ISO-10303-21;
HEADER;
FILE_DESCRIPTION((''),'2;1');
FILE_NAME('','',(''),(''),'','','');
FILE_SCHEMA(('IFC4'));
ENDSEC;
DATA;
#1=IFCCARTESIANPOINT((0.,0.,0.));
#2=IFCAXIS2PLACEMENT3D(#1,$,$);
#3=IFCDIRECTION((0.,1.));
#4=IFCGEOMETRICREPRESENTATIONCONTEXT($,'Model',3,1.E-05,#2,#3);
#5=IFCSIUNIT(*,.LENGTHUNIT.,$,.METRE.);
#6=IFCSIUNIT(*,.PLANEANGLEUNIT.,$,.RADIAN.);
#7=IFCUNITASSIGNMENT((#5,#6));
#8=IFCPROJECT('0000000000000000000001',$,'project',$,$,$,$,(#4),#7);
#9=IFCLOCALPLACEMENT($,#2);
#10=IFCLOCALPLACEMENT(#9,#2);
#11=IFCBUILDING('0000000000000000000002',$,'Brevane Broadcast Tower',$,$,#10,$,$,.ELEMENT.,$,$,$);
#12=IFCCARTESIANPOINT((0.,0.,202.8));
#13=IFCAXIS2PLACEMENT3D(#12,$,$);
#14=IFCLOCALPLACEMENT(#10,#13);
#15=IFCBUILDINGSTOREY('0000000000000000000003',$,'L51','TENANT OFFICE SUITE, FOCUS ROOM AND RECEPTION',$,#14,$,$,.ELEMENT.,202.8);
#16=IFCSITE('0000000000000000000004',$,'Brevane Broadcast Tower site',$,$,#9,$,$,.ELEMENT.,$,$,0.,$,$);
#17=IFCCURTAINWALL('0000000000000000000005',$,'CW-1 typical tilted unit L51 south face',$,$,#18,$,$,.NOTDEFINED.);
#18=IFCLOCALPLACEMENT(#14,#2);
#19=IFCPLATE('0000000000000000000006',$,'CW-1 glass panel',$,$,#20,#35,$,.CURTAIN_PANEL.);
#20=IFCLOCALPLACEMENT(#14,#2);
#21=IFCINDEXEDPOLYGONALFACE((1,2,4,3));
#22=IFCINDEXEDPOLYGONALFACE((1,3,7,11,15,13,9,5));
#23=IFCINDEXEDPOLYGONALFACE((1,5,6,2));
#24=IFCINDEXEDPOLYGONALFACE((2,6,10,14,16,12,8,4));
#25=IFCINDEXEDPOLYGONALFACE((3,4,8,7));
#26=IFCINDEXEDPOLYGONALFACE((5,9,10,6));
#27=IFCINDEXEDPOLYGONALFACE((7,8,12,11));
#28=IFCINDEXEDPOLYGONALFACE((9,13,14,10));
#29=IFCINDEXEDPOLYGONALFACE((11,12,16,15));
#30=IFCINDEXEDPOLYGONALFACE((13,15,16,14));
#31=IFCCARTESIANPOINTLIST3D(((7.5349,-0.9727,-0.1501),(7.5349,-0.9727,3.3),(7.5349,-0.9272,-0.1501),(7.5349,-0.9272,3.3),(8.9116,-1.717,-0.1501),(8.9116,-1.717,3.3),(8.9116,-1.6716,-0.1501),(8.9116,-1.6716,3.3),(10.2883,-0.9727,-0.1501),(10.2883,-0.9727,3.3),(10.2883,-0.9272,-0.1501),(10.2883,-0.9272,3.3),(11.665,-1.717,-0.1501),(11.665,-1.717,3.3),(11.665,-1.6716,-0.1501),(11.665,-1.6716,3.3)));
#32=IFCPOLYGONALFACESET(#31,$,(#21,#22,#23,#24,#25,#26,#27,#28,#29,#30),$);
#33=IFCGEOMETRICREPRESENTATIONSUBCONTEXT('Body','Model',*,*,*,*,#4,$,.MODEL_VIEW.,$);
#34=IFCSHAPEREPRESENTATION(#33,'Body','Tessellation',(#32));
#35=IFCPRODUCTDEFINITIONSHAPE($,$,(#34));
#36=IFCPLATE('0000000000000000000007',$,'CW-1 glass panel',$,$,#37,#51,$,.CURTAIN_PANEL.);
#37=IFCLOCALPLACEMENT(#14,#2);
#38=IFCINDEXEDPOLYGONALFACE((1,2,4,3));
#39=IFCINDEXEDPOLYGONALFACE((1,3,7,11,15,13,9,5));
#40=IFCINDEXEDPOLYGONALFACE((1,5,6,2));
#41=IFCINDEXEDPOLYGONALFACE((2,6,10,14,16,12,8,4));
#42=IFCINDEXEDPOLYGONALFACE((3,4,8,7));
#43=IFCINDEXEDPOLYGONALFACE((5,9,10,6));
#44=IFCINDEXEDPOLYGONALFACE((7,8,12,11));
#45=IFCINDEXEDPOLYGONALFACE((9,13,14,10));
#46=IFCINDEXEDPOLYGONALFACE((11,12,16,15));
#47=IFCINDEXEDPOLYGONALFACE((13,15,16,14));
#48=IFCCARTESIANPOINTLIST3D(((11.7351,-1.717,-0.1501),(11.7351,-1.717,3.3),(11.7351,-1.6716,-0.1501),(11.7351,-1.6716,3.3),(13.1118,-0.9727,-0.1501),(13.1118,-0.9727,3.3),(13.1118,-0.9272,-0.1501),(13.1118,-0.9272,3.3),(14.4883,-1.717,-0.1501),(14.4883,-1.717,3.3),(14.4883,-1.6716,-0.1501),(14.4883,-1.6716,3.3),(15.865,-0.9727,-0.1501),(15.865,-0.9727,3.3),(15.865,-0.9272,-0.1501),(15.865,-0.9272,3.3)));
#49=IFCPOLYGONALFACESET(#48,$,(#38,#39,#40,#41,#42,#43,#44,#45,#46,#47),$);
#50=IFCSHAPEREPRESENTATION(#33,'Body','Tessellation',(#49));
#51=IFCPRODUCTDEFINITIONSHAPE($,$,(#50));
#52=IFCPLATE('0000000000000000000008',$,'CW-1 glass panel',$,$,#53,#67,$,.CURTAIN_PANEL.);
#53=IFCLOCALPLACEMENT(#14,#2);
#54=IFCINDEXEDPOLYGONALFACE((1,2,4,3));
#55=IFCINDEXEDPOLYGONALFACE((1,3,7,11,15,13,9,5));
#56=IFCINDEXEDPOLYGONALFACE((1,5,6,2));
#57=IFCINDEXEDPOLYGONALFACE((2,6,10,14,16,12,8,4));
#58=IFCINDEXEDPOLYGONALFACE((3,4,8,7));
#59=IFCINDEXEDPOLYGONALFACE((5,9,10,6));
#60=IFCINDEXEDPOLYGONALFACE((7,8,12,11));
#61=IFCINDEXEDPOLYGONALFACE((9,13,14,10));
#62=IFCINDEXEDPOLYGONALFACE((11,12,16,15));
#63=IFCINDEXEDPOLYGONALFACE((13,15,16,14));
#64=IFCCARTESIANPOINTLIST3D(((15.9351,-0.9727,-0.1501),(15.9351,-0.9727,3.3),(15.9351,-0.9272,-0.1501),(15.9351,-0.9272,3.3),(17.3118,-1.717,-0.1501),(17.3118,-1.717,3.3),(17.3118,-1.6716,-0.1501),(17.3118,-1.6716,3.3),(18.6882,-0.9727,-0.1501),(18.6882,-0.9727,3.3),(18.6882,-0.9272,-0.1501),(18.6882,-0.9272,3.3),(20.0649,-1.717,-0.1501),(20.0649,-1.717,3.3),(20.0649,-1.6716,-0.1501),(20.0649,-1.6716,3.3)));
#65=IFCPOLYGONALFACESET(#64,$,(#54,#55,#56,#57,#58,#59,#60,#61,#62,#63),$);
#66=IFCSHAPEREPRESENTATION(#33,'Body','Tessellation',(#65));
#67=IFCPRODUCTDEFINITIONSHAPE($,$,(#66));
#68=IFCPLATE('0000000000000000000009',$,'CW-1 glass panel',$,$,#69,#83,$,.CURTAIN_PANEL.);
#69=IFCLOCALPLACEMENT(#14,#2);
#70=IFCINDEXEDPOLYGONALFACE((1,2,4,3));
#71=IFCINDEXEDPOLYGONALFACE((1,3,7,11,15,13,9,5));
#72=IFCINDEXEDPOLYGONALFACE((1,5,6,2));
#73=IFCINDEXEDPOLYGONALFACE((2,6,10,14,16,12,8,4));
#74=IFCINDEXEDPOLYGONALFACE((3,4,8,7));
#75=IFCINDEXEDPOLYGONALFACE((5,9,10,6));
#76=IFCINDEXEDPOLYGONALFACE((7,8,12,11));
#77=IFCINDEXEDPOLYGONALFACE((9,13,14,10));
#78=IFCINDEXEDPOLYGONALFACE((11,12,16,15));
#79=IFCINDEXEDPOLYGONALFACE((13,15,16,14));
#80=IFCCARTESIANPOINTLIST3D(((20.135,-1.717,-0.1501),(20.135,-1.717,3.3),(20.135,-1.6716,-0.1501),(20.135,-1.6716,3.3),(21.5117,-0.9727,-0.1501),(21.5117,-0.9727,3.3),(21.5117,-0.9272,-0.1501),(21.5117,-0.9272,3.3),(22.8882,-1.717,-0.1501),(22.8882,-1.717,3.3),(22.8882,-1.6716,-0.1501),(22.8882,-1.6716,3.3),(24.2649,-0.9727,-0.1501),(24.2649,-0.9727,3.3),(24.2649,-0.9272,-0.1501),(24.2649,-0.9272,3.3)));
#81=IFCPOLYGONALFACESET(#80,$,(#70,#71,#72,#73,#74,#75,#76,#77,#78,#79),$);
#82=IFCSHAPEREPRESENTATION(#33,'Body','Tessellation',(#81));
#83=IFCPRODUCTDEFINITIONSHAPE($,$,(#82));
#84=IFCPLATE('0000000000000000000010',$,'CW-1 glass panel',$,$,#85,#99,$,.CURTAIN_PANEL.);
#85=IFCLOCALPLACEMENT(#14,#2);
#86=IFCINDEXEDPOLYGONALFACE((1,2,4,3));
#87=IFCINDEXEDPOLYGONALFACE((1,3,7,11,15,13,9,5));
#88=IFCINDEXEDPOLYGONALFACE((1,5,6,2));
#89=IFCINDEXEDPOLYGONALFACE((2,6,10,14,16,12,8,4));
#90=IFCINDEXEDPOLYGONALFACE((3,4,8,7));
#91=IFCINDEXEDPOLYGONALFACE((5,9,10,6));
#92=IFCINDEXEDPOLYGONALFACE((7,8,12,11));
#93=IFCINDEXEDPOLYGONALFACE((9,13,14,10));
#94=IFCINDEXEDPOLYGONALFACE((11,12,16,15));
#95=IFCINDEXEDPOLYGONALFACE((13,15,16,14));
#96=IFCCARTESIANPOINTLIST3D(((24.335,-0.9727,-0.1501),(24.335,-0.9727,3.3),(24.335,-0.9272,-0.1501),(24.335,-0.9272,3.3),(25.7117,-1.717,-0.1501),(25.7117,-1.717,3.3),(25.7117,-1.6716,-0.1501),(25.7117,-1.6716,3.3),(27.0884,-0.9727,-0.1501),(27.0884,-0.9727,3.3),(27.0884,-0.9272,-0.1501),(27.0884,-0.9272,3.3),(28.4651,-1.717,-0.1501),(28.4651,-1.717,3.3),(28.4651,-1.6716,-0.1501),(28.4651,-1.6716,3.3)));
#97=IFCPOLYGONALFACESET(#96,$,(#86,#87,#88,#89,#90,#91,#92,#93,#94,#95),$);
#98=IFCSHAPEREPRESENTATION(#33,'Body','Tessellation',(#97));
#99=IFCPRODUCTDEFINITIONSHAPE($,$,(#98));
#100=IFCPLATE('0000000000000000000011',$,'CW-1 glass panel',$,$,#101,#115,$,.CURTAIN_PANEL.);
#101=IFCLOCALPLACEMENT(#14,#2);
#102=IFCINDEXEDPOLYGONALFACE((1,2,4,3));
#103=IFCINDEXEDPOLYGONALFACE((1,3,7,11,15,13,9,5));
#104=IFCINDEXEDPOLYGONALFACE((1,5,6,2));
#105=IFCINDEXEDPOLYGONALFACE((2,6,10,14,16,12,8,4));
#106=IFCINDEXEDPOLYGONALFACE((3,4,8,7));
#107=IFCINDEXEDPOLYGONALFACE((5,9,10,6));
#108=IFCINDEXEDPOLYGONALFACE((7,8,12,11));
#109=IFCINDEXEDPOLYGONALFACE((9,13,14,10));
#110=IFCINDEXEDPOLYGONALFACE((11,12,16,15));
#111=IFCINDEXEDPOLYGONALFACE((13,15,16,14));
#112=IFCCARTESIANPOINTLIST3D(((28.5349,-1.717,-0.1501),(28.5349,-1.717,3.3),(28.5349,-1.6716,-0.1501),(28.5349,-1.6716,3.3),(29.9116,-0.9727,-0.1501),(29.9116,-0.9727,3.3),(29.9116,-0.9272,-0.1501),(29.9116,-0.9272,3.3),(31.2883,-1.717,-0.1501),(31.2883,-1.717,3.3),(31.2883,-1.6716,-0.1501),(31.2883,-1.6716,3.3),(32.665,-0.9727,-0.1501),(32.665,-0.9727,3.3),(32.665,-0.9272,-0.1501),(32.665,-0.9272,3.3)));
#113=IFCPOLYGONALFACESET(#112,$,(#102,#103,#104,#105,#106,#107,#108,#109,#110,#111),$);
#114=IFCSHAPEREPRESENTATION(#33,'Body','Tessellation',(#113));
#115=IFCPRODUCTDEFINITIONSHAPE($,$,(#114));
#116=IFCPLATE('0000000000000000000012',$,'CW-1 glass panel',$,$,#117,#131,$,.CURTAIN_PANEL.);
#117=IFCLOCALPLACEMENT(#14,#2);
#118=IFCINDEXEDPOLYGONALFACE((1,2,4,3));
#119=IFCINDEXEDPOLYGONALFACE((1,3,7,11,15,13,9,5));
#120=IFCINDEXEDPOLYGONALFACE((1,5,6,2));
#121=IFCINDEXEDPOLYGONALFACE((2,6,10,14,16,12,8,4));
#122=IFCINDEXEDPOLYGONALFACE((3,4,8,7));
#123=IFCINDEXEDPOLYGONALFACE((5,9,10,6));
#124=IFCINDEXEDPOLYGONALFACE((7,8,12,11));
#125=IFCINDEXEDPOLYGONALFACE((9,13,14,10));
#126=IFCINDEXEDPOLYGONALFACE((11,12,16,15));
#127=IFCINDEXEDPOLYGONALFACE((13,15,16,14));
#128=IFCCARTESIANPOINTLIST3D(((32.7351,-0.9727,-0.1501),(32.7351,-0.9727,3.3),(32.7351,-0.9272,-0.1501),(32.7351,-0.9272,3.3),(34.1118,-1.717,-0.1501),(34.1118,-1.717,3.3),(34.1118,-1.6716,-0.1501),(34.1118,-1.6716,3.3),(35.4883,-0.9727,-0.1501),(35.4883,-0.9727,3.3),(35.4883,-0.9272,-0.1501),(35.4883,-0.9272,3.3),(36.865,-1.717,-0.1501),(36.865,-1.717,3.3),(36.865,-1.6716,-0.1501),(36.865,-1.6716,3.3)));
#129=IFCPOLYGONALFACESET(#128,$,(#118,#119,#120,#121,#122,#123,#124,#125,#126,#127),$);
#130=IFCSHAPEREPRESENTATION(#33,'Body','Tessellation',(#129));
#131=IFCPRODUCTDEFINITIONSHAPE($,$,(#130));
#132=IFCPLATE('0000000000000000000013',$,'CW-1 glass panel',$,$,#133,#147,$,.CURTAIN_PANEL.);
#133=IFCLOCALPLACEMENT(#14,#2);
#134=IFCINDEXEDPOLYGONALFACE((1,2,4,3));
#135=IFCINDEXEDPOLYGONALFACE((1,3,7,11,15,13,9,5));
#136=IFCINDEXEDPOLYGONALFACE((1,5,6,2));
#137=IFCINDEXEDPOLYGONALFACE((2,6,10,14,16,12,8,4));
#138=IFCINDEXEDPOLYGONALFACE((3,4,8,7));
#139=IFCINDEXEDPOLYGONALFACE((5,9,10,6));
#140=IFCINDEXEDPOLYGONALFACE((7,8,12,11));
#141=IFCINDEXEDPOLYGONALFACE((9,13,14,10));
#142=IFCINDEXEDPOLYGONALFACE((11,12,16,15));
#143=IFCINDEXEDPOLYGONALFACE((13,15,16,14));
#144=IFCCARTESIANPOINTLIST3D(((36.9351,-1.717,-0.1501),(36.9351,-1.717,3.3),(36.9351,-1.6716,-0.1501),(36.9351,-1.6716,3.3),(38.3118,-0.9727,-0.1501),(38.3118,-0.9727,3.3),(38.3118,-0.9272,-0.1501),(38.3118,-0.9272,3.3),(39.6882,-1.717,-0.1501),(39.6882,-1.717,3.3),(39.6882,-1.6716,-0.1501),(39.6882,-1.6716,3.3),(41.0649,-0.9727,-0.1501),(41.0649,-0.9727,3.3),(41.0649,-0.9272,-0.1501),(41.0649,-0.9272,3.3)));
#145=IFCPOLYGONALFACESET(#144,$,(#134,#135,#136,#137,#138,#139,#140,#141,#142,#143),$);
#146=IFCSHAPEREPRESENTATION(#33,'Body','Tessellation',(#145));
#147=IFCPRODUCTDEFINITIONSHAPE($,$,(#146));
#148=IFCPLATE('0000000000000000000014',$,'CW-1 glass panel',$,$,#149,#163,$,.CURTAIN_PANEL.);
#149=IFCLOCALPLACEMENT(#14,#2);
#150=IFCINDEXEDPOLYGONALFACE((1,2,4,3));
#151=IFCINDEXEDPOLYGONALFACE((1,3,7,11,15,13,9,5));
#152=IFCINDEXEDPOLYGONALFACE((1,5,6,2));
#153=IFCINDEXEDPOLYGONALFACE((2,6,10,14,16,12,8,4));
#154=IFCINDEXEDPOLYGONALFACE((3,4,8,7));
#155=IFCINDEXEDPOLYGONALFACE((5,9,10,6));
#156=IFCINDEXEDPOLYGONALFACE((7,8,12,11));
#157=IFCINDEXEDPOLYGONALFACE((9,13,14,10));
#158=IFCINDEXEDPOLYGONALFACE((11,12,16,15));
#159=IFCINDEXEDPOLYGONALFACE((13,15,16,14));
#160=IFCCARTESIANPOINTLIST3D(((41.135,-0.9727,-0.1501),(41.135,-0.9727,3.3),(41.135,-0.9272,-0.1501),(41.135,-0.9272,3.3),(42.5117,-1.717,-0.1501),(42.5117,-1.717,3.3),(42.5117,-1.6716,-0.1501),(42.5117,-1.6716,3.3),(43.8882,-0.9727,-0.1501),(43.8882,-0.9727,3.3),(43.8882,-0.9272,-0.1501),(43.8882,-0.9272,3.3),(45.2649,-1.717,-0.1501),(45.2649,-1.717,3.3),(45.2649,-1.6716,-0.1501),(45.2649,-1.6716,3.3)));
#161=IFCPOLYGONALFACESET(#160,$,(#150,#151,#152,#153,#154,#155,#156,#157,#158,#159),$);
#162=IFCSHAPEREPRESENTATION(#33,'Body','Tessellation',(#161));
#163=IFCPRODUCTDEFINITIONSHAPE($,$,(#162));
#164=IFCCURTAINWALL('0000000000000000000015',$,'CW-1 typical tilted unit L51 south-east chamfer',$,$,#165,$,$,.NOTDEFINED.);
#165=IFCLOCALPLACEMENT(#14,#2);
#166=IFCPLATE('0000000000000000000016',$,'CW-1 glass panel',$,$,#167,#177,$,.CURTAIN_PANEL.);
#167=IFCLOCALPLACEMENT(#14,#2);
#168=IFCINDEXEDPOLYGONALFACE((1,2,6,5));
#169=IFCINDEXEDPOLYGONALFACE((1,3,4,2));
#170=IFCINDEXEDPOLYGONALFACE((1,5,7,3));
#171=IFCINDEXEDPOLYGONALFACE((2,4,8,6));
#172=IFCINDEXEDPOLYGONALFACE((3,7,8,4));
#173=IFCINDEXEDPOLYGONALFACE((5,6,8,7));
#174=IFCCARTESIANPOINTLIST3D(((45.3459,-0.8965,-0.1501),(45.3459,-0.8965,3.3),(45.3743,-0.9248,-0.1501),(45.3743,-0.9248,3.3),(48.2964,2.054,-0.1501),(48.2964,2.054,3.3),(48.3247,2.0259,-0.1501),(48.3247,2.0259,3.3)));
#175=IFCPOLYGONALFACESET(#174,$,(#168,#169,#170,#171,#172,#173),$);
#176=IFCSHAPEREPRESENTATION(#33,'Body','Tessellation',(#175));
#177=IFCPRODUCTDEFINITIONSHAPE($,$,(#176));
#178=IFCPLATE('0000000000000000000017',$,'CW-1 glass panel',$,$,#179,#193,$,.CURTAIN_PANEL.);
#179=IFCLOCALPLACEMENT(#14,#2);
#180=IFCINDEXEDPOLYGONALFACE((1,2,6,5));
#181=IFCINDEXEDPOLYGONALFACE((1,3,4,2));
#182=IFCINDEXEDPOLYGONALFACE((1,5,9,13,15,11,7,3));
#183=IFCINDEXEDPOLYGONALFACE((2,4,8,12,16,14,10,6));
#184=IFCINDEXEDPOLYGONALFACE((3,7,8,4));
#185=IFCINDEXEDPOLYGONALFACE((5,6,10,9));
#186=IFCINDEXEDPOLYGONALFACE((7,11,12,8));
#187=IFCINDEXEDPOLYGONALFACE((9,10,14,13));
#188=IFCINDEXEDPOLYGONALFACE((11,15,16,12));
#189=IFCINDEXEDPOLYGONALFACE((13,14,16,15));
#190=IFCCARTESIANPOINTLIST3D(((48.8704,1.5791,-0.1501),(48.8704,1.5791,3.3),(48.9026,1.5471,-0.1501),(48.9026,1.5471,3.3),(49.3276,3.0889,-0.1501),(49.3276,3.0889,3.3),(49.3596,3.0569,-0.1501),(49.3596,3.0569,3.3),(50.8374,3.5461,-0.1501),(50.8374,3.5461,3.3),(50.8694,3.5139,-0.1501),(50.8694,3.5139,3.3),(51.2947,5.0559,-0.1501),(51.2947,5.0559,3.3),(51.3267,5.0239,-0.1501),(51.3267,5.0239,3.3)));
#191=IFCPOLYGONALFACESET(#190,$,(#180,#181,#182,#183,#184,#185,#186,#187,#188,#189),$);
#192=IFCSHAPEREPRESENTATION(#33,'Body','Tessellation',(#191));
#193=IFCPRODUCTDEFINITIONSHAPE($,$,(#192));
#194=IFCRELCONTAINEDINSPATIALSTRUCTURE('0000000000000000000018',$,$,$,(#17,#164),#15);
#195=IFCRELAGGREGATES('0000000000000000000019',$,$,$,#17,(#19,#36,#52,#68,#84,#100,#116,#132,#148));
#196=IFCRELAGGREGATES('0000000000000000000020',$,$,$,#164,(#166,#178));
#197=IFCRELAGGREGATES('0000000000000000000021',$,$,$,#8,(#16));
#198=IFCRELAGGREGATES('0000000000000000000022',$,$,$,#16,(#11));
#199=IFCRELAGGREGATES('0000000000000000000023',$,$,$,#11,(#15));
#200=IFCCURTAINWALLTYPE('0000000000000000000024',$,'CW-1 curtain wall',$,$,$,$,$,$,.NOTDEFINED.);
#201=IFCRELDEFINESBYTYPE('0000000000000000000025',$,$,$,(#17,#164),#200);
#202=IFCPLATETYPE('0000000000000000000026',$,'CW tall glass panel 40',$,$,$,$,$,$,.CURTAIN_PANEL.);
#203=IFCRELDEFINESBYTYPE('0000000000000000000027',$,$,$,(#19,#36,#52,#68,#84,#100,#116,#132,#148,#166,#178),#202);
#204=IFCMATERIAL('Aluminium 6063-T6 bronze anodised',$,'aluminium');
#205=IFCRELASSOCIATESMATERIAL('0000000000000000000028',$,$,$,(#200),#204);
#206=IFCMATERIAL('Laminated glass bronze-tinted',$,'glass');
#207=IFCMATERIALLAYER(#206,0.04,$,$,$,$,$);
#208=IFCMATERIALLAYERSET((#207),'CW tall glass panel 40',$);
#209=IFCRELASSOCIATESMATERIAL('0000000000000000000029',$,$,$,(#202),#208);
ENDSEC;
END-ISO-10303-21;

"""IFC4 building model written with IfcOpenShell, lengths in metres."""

from ifc_helpers import new_model, si_unit, direction, frame, origin, place, context, subcontext, project, spatial, polyline, outline, extrude, material, layer, layer_set, type_object, element, aggregate, save


model = new_model("IFC4")

# Units and contexts
model_context = context("Model", 3, precision=1e-05, world=origin(), true_north=direction((0.0, 1.0)))
body_context = subcontext(model_context, "Body", "Model", "MODEL_VIEW")
ifc_project = project(units=[si_unit("LENGTHUNIT", "METRE"), si_unit("PLANEANGLEUNIT", "RADIAN")], contexts=[model_context])

# Site, building, storey
site_placement = place(None, origin())
site = spatial("IfcSite", under=ifc_project, at=site_placement, Name="Brevane Broadcast Tower site", CompositionType="ELEMENT", RefElevation=0.0)
building_placement = place(site_placement, origin())
building = spatial("IfcBuilding", under=site, at=building_placement, Name="Brevane Broadcast Tower", CompositionType="ELEMENT")
storey_placement = place(building_placement, frame((0.0, 0.0, 202.8)))
storey = spatial("IfcBuildingStorey", under=building, at=storey_placement, Name="L51", Description="TENANT OFFICE SUITE, FOCUS ROOM AND RECEPTION", CompositionType="ELEMENT", Elevation=202.8)

# Curtain walls, plates
ifc_material_1 = material(Name="Aluminium 6063-T6 bronze anodised", Category="aluminium")
curtain_wall_type = type_object("IfcCurtainWallType", Name="CW-1 curtain wall", PredefinedType="NOTDEFINED", material=ifc_material_1)
curtain_wall_1_placement = place(storey_placement, origin())
curtain_wall_1 = element("IfcCurtainWall", 1, at=curtain_wall_1_placement, inside=storey, type_object=curtain_wall_type, Name="CW-1 typical tilted unit L51 south face", PredefinedType="NOTDEFINED")
ifc_material_2 = material(Name="Laminated glass bronze-tinted", Category="glass")
ifc_layer = layer(ifc_material_2, 0.04)
ifc_layer_set = layer_set([ifc_layer], Name="CW tall glass panel 40")
plate_type = type_object("IfcPlateType", Name="CW tall glass panel 40", PredefinedType="CURTAIN_PANEL", material=ifc_layer_set)
plate_1_placement = place(storey_placement, frame((0.0, 0.0, -0.1501)))
plate_1 = element("IfcPlate", 2, at=plate_1_placement, type_object=plate_type, Name="CW-1 glass panel", PredefinedType="CURTAIN_PANEL", context=body_context, shape_type="SweptSolid", body=[
    extrude(outline(polyline([(7.5349, -0.9272), (7.5349, -0.9727), (8.9116, -1.717), (10.2883, -0.9727), (11.665, -1.717), (11.665, -1.6716), (10.2883, -0.9272), (8.9116, -1.6716), (7.5349, -0.9272)])), origin(), (0.0, 0.0, 1.0), 3.4502),
])
plate_2_placement = place(storey_placement, frame((0.0, 0.0, -0.1501)))
plate_2 = element("IfcPlate", 3, at=plate_2_placement, type_object=plate_type, Name="CW-1 glass panel", PredefinedType="CURTAIN_PANEL", context=body_context, shape_type="SweptSolid", body=[
    extrude(outline(polyline([(11.7351, -1.6716), (11.7351, -1.717), (13.1118, -0.9727), (14.4883, -1.717), (15.865, -0.9727), (15.865, -0.9272), (14.4883, -1.6716), (13.1118, -0.9272), (11.7351, -1.6716)])), origin(), (0.0, 0.0, 1.0), 3.4502),
])
plate_3_placement = place(storey_placement, frame((0.0, 0.0, -0.1501)))
plate_3 = element("IfcPlate", 4, at=plate_3_placement, type_object=plate_type, Name="CW-1 glass panel", PredefinedType="CURTAIN_PANEL", context=body_context, shape_type="SweptSolid", body=[
    extrude(outline(polyline([(15.9351, -0.9272), (15.9351, -0.9727), (17.3118, -1.717), (18.6882, -0.9727), (20.0649, -1.717), (20.0649, -1.6716), (18.6882, -0.9272), (17.3118, -1.6716), (15.9351, -0.9272)])), origin(), (0.0, 0.0, 1.0), 3.4502),
])
plate_4_placement = place(storey_placement, frame((0.0, 0.0, -0.1501)))
plate_4 = element("IfcPlate", 5, at=plate_4_placement, type_object=plate_type, Name="CW-1 glass panel", PredefinedType="CURTAIN_PANEL", context=body_context, shape_type="SweptSolid", body=[
    extrude(outline(polyline([(20.135, -1.6716), (20.135, -1.717), (21.5117, -0.9727), (22.8882, -1.717), (24.2649, -0.9727), (24.2649, -0.9272), (22.8882, -1.6716), (21.5117, -0.9272), (20.135, -1.6716)])), origin(), (0.0, 0.0, 1.0), 3.4502),
])
plate_5_placement = place(storey_placement, frame((0.0, 0.0, -0.1501)))
plate_5 = element("IfcPlate", 6, at=plate_5_placement, type_object=plate_type, Name="CW-1 glass panel", PredefinedType="CURTAIN_PANEL", context=body_context, shape_type="SweptSolid", body=[
    extrude(outline(polyline([(24.335, -0.9272), (24.335, -0.9727), (25.7117, -1.717), (27.0884, -0.9727), (28.4651, -1.717), (28.4651, -1.6716), (27.0884, -0.9272), (25.7117, -1.6716), (24.335, -0.9272)])), origin(), (0.0, 0.0, 1.0), 3.4502),
])
plate_6_placement = place(storey_placement, frame((0.0, 0.0, -0.1501)))
plate_6 = element("IfcPlate", 7, at=plate_6_placement, type_object=plate_type, Name="CW-1 glass panel", PredefinedType="CURTAIN_PANEL", context=body_context, shape_type="SweptSolid", body=[
    extrude(outline(polyline([(28.5349, -1.6716), (28.5349, -1.717), (29.9116, -0.9727), (31.2883, -1.717), (32.665, -0.9727), (32.665, -0.9272), (31.2883, -1.6716), (29.9116, -0.9272), (28.5349, -1.6716)])), origin(), (0.0, 0.0, 1.0), 3.4502),
])
plate_7_placement = place(storey_placement, frame((0.0, 0.0, -0.1501)))
plate_7 = element("IfcPlate", 8, at=plate_7_placement, type_object=plate_type, Name="CW-1 glass panel", PredefinedType="CURTAIN_PANEL", context=body_context, shape_type="SweptSolid", body=[
    extrude(outline(polyline([(32.7351, -0.9272), (32.7351, -0.9727), (34.1118, -1.717), (35.4883, -0.9727), (36.865, -1.717), (36.865, -1.6716), (35.4883, -0.9272), (34.1118, -1.6716), (32.7351, -0.9272)])), origin(), (0.0, 0.0, 1.0), 3.4502),
])
plate_8_placement = place(storey_placement, frame((0.0, 0.0, -0.1501)))
plate_8 = element("IfcPlate", 9, at=plate_8_placement, type_object=plate_type, Name="CW-1 glass panel", PredefinedType="CURTAIN_PANEL", context=body_context, shape_type="SweptSolid", body=[
    extrude(outline(polyline([(36.9351, -1.6716), (36.9351, -1.717), (38.3118, -0.9727), (39.6882, -1.717), (41.0649, -0.9727), (41.0649, -0.9272), (39.6882, -1.6716), (38.3118, -0.9272), (36.9351, -1.6716)])), origin(), (0.0, 0.0, 1.0), 3.4502),
])
plate_9_placement = place(storey_placement, frame((0.0, 0.0, -0.1501)))
plate_9 = element("IfcPlate", 10, at=plate_9_placement, type_object=plate_type, Name="CW-1 glass panel", PredefinedType="CURTAIN_PANEL", context=body_context, shape_type="SweptSolid", body=[
    extrude(outline(polyline([(41.135, -0.9272), (41.135, -0.9727), (42.5117, -1.717), (43.8882, -0.9727), (45.2649, -1.717), (45.2649, -1.6716), (43.8882, -0.9272), (42.5117, -1.6716), (41.135, -0.9272)])), origin(), (0.0, 0.0, 1.0), 3.4502),
])
aggregate(curtain_wall_1, [plate_1, plate_2, plate_3, plate_4, plate_5, plate_6, plate_7, plate_8, plate_9])
curtain_wall_2_placement = place(storey_placement, origin())
curtain_wall_2 = element("IfcCurtainWall", 11, at=curtain_wall_2_placement, inside=storey, type_object=curtain_wall_type, Name="CW-1 typical tilted unit L51 south-east chamfer", PredefinedType="NOTDEFINED")
plate_10_placement = place(storey_placement, frame((0.0, 0.0, -0.1501)))
plate_10 = element("IfcPlate", 12, at=plate_10_placement, type_object=plate_type, Name="CW-1 glass panel", PredefinedType="CURTAIN_PANEL", context=body_context, shape_type="SweptSolid", body=[
    extrude(outline(polyline([(45.3459, -0.8965), (48.2964, 2.054), (48.3247, 2.0259), (45.3743, -0.9248), (45.3459, -0.8965)])), origin(), (0.0, 0.0, 1.0), 3.4502),
])
plate_11_placement = place(storey_placement, frame((0.0, 0.0, -0.1501)))
plate_11 = element("IfcPlate", 13, at=plate_11_placement, type_object=plate_type, Name="CW-1 glass panel", PredefinedType="CURTAIN_PANEL", context=body_context, shape_type="SweptSolid", body=[
    extrude(outline(polyline([(48.8704, 1.5791), (48.9026, 1.5471), (49.3596, 3.0569), (50.8694, 3.5139), (51.3267, 5.0239), (51.2947, 5.0559), (50.8374, 3.5461), (49.3276, 3.0889), (48.8704, 1.5791)])), origin(), (0.0, 0.0, 1.0), 3.4502),
])
aggregate(curtain_wall_2, [plate_10, plate_11])

save(model, "model.ifc")
